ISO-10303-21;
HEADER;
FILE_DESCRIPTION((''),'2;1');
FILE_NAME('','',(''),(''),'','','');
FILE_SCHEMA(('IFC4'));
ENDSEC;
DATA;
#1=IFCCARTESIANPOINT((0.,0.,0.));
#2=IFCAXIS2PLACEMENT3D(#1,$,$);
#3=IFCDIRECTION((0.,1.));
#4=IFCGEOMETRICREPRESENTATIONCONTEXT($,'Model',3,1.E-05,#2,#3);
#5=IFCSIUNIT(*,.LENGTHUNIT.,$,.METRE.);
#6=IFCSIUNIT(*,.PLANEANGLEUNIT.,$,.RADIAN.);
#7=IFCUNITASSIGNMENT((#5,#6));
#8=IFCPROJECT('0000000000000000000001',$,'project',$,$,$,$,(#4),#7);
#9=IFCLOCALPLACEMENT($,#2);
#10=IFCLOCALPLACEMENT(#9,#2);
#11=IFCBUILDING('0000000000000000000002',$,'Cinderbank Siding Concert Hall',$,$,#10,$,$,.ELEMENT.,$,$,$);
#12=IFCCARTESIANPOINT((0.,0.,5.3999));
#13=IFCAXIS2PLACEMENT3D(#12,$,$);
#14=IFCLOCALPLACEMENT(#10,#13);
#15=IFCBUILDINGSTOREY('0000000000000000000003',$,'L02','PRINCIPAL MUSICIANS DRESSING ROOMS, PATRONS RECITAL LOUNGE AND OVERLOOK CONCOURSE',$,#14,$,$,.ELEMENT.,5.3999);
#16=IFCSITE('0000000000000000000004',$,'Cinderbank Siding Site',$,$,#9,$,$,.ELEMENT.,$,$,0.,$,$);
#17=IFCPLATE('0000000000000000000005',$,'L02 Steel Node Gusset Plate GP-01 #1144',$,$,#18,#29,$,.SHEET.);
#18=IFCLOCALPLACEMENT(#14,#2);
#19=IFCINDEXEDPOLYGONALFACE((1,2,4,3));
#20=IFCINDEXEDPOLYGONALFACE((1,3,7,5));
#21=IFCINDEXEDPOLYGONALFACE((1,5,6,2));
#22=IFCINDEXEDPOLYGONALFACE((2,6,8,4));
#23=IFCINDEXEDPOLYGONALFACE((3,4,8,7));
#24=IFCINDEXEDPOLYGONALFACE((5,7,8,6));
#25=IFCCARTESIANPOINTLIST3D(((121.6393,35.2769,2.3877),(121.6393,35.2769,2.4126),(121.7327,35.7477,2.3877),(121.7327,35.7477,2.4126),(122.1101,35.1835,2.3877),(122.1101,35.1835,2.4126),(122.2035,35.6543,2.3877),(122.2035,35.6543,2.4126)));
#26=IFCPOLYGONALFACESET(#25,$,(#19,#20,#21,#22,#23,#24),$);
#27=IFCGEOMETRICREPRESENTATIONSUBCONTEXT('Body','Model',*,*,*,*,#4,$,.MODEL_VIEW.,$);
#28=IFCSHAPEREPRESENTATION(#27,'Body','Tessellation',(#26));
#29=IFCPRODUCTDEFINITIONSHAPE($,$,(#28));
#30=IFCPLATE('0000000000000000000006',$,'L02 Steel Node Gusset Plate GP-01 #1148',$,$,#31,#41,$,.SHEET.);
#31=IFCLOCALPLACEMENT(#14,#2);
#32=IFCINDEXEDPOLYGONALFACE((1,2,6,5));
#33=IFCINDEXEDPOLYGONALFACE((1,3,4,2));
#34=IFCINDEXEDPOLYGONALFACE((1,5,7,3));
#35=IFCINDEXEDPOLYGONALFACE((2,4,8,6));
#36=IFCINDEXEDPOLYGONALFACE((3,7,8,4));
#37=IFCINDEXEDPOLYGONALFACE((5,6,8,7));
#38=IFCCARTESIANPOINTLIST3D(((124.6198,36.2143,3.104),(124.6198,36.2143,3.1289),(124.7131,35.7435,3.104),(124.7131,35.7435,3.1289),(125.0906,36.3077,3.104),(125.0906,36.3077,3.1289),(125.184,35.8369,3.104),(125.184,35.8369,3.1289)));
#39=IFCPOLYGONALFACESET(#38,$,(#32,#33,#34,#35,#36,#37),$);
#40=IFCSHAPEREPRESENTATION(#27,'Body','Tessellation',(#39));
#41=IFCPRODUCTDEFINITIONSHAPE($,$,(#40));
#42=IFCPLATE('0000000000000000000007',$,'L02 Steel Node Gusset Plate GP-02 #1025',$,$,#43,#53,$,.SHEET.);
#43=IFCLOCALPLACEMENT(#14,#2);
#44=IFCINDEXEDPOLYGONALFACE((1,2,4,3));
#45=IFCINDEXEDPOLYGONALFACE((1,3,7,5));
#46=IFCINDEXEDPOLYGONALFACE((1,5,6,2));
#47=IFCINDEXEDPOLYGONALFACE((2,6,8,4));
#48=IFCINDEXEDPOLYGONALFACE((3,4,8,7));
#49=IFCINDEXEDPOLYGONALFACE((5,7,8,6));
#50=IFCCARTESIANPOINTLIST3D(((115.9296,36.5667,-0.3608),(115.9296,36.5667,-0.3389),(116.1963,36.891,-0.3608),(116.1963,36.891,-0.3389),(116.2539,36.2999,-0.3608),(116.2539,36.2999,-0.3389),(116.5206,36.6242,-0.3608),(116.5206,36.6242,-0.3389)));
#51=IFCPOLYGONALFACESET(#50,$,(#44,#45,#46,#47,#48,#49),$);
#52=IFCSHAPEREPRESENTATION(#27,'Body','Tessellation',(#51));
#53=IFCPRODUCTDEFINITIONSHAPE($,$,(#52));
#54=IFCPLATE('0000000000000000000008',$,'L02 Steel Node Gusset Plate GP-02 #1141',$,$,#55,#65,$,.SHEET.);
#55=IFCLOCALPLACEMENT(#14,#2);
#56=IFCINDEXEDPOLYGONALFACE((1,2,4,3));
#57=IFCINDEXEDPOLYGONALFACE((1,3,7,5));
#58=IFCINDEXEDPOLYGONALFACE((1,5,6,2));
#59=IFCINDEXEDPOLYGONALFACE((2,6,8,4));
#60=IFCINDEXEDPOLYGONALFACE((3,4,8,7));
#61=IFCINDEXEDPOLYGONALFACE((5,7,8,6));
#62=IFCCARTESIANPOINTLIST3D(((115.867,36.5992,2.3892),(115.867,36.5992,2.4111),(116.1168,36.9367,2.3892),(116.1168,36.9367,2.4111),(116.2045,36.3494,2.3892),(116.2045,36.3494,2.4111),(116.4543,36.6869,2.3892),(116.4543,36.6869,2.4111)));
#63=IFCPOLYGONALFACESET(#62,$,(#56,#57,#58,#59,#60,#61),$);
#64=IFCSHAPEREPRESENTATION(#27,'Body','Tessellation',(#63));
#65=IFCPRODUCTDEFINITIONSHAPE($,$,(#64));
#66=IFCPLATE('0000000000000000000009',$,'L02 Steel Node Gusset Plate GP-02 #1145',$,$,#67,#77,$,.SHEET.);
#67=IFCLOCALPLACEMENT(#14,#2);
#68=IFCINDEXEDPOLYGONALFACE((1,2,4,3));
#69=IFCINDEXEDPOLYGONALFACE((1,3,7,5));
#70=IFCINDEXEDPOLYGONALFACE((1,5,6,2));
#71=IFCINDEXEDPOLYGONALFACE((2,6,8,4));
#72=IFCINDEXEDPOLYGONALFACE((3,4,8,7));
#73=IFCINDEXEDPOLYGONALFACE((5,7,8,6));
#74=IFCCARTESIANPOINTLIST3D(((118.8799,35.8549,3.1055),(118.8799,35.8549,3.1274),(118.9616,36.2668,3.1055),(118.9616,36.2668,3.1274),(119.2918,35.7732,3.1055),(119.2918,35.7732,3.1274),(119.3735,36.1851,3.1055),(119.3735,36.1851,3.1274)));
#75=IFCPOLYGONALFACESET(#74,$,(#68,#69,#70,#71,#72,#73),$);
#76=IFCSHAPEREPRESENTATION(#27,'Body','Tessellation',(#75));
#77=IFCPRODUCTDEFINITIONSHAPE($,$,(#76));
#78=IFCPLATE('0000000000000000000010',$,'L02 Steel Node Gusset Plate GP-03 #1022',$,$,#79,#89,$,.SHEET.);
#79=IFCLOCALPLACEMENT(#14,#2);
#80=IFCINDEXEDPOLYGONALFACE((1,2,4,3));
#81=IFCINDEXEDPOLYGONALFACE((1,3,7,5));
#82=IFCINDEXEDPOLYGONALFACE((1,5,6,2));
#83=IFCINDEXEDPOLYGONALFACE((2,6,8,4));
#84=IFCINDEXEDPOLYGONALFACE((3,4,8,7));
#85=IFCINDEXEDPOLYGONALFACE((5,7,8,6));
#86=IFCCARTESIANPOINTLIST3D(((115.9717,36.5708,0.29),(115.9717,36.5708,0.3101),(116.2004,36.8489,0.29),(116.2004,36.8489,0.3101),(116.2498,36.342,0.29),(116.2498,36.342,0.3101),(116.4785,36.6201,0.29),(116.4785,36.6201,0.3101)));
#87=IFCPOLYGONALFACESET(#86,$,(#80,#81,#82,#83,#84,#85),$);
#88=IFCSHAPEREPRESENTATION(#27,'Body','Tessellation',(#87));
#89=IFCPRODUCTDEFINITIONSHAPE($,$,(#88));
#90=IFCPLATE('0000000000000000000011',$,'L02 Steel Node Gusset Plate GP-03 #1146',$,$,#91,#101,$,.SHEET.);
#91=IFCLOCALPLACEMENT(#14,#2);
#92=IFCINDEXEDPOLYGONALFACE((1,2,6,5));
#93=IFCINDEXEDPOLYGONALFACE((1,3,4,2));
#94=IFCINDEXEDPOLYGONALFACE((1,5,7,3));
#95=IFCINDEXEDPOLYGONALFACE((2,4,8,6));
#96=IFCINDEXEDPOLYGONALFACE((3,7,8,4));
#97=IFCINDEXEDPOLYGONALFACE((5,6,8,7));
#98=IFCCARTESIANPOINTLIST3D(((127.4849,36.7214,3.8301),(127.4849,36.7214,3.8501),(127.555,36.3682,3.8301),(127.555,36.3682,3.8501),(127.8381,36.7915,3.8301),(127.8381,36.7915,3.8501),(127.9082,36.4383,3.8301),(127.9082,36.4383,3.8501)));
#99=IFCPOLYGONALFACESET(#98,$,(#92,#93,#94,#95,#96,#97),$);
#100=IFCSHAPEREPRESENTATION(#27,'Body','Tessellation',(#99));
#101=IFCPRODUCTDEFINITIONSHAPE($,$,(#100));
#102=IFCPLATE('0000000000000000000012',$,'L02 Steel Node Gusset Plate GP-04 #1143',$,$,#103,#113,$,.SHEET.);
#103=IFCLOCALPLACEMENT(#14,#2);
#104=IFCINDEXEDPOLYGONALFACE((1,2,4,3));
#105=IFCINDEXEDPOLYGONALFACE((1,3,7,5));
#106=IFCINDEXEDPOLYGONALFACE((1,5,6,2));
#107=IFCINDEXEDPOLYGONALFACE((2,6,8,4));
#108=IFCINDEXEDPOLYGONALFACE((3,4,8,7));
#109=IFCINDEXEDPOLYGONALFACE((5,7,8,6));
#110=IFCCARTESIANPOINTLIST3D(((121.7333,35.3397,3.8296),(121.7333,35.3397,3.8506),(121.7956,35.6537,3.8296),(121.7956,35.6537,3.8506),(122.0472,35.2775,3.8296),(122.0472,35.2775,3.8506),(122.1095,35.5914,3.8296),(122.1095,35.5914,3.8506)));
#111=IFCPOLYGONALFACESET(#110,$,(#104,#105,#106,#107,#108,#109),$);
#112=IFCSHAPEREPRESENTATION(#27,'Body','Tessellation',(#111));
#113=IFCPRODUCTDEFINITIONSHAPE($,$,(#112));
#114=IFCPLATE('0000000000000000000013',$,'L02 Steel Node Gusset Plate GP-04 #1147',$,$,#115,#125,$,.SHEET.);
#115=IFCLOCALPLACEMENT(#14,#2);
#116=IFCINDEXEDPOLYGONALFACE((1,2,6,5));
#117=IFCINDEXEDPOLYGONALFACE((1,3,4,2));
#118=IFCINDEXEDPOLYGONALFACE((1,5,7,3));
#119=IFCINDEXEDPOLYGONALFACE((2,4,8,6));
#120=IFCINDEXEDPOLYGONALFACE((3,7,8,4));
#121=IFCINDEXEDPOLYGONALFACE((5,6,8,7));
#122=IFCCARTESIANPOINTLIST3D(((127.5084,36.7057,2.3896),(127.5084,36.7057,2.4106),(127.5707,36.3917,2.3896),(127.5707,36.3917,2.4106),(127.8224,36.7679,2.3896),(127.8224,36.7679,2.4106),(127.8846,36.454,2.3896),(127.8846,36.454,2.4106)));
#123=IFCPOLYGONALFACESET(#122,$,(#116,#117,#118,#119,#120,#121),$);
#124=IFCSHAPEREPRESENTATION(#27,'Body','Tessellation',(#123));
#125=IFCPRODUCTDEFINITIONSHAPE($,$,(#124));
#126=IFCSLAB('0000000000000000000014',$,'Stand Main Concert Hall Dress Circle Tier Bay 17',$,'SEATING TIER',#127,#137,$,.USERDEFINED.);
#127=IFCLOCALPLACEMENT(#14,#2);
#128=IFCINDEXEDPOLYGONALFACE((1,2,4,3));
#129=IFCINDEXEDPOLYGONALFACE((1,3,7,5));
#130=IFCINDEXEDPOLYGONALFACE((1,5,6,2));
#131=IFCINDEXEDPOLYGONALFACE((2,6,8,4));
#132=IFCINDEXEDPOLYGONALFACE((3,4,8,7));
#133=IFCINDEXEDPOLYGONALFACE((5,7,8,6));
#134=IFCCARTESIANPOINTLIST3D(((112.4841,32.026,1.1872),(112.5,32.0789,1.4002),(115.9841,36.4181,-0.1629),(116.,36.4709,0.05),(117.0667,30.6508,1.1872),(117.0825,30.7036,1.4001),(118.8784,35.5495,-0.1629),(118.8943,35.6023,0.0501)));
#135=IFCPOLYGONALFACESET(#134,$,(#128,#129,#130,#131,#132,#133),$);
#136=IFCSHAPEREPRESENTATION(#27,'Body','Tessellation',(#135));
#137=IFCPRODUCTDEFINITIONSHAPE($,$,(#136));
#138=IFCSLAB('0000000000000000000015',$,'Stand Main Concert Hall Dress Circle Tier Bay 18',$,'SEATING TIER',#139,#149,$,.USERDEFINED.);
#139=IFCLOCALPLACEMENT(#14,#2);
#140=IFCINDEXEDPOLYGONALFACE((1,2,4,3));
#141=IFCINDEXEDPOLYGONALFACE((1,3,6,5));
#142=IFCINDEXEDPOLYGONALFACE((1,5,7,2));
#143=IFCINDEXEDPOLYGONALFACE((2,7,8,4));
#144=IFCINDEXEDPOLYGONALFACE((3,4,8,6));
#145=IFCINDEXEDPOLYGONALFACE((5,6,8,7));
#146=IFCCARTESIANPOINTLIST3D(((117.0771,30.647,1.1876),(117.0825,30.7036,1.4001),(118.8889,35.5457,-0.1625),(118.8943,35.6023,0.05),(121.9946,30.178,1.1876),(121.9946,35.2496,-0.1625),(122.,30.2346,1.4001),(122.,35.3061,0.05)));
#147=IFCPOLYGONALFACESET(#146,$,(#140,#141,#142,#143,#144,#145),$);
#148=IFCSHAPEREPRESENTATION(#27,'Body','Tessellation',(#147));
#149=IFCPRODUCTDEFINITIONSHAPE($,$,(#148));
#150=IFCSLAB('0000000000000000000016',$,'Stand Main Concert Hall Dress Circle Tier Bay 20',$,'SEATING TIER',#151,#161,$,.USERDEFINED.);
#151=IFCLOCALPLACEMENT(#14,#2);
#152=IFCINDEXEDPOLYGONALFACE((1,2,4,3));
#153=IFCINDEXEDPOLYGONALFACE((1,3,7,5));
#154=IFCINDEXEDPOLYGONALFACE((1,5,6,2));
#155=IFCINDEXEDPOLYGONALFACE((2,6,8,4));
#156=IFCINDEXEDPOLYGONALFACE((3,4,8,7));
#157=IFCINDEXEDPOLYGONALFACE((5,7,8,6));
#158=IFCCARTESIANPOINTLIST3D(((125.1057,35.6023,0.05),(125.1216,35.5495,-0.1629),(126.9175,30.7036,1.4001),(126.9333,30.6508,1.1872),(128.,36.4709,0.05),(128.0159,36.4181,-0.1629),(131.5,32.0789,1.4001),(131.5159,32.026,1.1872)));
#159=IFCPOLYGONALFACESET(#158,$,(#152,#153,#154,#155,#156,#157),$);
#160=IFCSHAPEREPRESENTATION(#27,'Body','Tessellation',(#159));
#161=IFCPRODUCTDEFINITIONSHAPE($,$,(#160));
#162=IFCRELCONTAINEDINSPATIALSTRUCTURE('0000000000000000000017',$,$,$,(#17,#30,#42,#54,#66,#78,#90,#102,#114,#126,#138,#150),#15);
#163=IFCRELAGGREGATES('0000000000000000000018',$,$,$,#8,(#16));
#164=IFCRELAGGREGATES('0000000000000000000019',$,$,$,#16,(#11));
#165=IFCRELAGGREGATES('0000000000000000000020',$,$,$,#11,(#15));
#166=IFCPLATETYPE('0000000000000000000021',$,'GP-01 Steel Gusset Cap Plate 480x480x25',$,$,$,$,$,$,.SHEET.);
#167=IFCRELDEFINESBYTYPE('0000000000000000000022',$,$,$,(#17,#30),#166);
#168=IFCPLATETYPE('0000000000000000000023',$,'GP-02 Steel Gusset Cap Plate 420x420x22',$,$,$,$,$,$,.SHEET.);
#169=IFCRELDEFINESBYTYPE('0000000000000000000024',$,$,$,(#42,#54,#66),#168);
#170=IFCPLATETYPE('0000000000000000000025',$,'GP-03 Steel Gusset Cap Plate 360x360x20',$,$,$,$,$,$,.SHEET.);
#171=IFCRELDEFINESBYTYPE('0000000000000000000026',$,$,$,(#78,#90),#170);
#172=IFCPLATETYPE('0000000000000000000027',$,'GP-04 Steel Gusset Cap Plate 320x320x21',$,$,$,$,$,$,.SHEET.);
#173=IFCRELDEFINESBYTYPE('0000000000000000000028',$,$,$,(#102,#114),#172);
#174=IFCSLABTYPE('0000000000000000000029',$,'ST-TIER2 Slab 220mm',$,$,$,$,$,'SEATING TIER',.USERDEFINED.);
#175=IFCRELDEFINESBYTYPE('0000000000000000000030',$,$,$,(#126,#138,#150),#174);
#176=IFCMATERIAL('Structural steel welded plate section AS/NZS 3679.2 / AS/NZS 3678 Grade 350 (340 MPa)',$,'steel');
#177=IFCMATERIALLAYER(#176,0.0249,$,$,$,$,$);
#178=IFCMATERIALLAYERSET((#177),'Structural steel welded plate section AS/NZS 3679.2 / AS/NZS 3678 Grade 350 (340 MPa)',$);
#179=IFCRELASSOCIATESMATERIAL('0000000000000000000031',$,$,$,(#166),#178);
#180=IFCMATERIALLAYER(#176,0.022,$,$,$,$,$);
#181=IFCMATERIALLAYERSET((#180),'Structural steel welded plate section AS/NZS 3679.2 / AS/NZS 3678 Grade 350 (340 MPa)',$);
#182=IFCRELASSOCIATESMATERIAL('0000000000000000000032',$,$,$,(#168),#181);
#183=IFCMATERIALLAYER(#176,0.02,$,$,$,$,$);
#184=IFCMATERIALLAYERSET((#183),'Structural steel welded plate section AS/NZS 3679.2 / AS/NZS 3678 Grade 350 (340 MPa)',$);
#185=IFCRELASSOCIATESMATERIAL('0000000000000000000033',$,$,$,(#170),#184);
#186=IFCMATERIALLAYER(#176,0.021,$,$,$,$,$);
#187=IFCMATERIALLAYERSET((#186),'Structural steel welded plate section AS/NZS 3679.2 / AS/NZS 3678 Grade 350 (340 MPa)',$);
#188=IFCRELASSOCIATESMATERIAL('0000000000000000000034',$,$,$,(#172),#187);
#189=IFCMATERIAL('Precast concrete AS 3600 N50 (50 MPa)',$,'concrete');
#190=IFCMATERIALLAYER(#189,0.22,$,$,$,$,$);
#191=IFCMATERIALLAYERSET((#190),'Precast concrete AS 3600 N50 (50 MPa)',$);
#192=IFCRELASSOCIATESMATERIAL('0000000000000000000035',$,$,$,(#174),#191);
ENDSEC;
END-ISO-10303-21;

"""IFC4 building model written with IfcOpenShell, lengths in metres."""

from ifc_helpers import new_model, si_unit, direction, frame, origin, origin_2d, place, context, subcontext, project, spatial, polyline, rectangle, outline, extrude, material, layer, layer_set, type_object, element, save


model = new_model("IFC4")

# Units and contexts
model_context = context("Model", 3, precision=1e-05, world=origin(), true_north=direction((0.0, 1.0)))
body_context = subcontext(model_context, "Body", "Model", "MODEL_VIEW")
ifc_project = project(units=[si_unit("LENGTHUNIT", "METRE"), si_unit("PLANEANGLEUNIT", "RADIAN")], contexts=[model_context])

# Site, building, storey
site_placement = place(None, origin())
site = spatial("IfcSite", under=ifc_project, at=site_placement, Name="Cinderbank Siding Site", CompositionType="ELEMENT", RefElevation=0.0)
building_placement = place(site_placement, origin())
building = spatial("IfcBuilding", under=site, at=building_placement, Name="Cinderbank Siding Concert Hall", CompositionType="ELEMENT")
storey_placement = place(building_placement, frame((0.0, 0.0, 5.3999)))
storey = spatial("IfcBuildingStorey", under=building, at=storey_placement, Name="L02", Description="PRINCIPAL MUSICIANS DRESSING ROOMS, PATRONS RECITAL LOUNGE AND OVERLOOK CONCOURSE", CompositionType="ELEMENT", Elevation=5.3999)

# Plates
ifc_material_1 = material(Name="Structural steel welded plate section AS/NZS 3679.2 / AS/NZS 3678 Grade 350 (340 MPa)", Category="steel")
ifc_layer_1 = layer(ifc_material_1, 0.0249)
ifc_layer_set_1 = layer_set([ifc_layer_1], Name="Structural steel welded plate section AS/NZS 3679.2 / AS/NZS 3678 Grade 350 (340 MPa)")
plate_type_1 = type_object("IfcPlateType", Name="GP-01 Steel Gusset Cap Plate 480x480x25", PredefinedType="SHEET", material=ifc_layer_set_1)
for number, where, z_axis, x_axis, name in (
    (1, (121.9214, 35.4656, 2.3877), (0.0, 0.0, 1.0), (-0.980887, 0.194577, 0.0), "L02 Steel Node Gusset Plate GP-01 #1144"),
    (2, (124.9019, 36.0256, 3.104), (0.0, 0.0, 1.0), (-0.980887, -0.194577, 0.0), "L02 Steel Node Gusset Plate GP-01 #1148"),
):
    element("IfcPlate", number, at=place(storey_placement, frame(where, z_axis=z_axis, x_axis=x_axis)), inside=storey, type_object=plate_type_1, Name=name, PredefinedType="SHEET", context=body_context, shape_type="SweptSolid", body=[
        extrude(rectangle(XDim=0.48, YDim=0.48, at=origin_2d()), origin(), (0.0, 0.0, 1.0), 0.0249),
    ])
ifc_layer_2 = layer(ifc_material_1, 0.022)
ifc_layer_set_2 = layer_set([ifc_layer_2], Name="Structural steel welded plate section AS/NZS 3679.2 / AS/NZS 3678 Grade 350 (340 MPa)")
plate_type_2 = type_object("IfcPlateType", Name="GP-02 Steel Gusset Cap Plate 420x420x22", PredefinedType="SHEET", material=ifc_layer_set_2)
for number, where, z_axis, x_axis, name in (
    (3, (116.2251, 36.5955, -0.3608), (0.0, 0.0, 1.0), (0.63527, 0.77229, 0.0), "L02 Steel Node Gusset Plate GP-02 #1025"),
    (4, (116.1606, 36.6431, 2.3892), (0.0, 0.0, 1.0), (-0.803753, 0.594963, 0.0), "L02 Steel Node Gusset Plate GP-02 #1141"),
    (5, (119.1267, 36.02, 3.1055), (0.0, 0.0, 1.0), (-0.980887, 0.194577, 0.0), "L02 Steel Node Gusset Plate GP-02 #1145"),
):
    element("IfcPlate", number, at=place(storey_placement, frame(where, z_axis=z_axis, x_axis=x_axis)), inside=storey, type_object=plate_type_2, Name=name, PredefinedType="SHEET", context=body_context, shape_type="SweptSolid", body=[
        extrude(rectangle(XDim=0.4199, YDim=0.4199, at=origin_2d()), origin(), (0.0, 0.0, 1.0), 0.022),
    ])
ifc_layer_3 = layer(ifc_material_1, 0.02)
ifc_layer_set_3 = layer_set([ifc_layer_3], Name="Structural steel welded plate section AS/NZS 3679.2 / AS/NZS 3678 Grade 350 (340 MPa)")
plate_type_3 = type_object("IfcPlateType", Name="GP-03 Steel Gusset Cap Plate 360x360x20", PredefinedType="SHEET", material=ifc_layer_set_3)
for number, where, z_axis, x_axis, name in (
    (6, (116.2251, 36.5955, 0.29), (0.0, 0.0, 1.0), (-0.63527, -0.77229, 0.0), "L02 Steel Node Gusset Plate GP-03 #1022"),
    (7, (127.6965, 36.5798, 3.8301), (0.0, 0.0, 1.0), (0.980887, 0.194577, 0.0), "L02 Steel Node Gusset Plate GP-03 #1146"),
):
    element("IfcPlate", number, at=place(storey_placement, frame(where, z_axis=z_axis, x_axis=x_axis)), inside=storey, type_object=plate_type_3, Name=name, PredefinedType="SHEET", context=body_context, shape_type="SweptSolid", body=[
        extrude(rectangle(XDim=0.3601, YDim=0.3601, at=origin_2d()), origin(), (0.0, 0.0, 1.0), 0.02),
    ])
ifc_layer_4 = layer(ifc_material_1, 0.021)
ifc_layer_set_4 = layer_set([ifc_layer_4], Name="Structural steel welded plate section AS/NZS 3679.2 / AS/NZS 3678 Grade 350 (340 MPa)")
plate_type_4 = type_object("IfcPlateType", Name="GP-04 Steel Gusset Cap Plate 320x320x21", PredefinedType="SHEET", material=ifc_layer_set_4)
for number, where, z_axis, x_axis, name in (
    (8, (121.9214, 35.4656, 3.8296), (0.0, 0.0, 1.0), (0.980887, -0.194577, 0.0), "L02 Steel Node Gusset Plate GP-04 #1143"),
    (9, (127.6965, 36.5798, 2.3896), (0.0, 0.0, 1.0), (-0.980887, -0.194577, 0.0), "L02 Steel Node Gusset Plate GP-04 #1147"),
):
    element("IfcPlate", number, at=place(storey_placement, frame(where, z_axis=z_axis, x_axis=x_axis)), inside=storey, type_object=plate_type_4, Name=name, PredefinedType="SHEET", context=body_context, shape_type="SweptSolid", body=[
        extrude(rectangle(XDim=0.3201, YDim=0.3201, at=origin_2d()), origin(), (0.0, 0.0, 1.0), 0.021),
    ])

# Slabs
ifc_material_2 = material(Name="Precast concrete AS 3600 N50 (50 MPa)", Category="concrete")
ifc_layer_5 = layer(ifc_material_2, 0.22)
ifc_layer_set_5 = layer_set([ifc_layer_5], Name="Precast concrete AS 3600 N50 (50 MPa)")
slab_type = type_object("IfcSlabType", Name="ST-TIER2 Slab 220mm", ElementType="SEATING TIER", PredefinedType="USERDEFINED", material=ifc_layer_set_5)
slab_1_placement = place(storey_placement, frame((116.0, 36.4709, 0.05), z_axis=(0.072071, 0.240144, 0.968058), x_axis=(0.957793, -0.287458, 0.000003)))
element("IfcSlab", 10, at=slab_1_placement, inside=storey, type_object=slab_type, Name="Stand Main Concert Hall Dress Circle Tier Bay 17", ObjectType="SEATING TIER", PredefinedType="USERDEFINED", context=body_context, shape_type="SweptSolid", body=[
    extrude(outline(polyline([(0.0, 0.0), (3.0218, 0.0), (2.6947, -5.3847), (-2.0897, -5.3848), (0.0, 0.0)])), origin(), (0.0, 0.0, -1.0), 0.22),
])
slab_2_placement = place(storey_placement, frame((118.8943, 35.6023, 0.05), z_axis=(0.024526, 0.257176, 0.966053), x_axis=(0.995484, -0.094924, -0.000003)))
element("IfcSlab", 11, at=slab_2_placement, inside=storey, type_object=slab_type, Name="Stand Main Concert Hall Dress Circle Tier Bay 18", ObjectType="SEATING TIER", PredefinedType="USERDEFINED", context=body_context, shape_type="SweptSolid", body=[
    extrude(outline(polyline([(0.0, 0.0), (3.1198, 0.0), (3.6012, -5.226), (-1.3386, -5.2259), (0.0, 0.0)])), origin(), (0.0, 0.0, -1.0), 0.22),
])
slab_3_placement = place(storey_placement, frame((125.1057, 35.6023, 0.05), z_axis=(-0.072071, 0.240144, 0.968058), x_axis=(0.957793, 0.287458, -0.000003)))
element("IfcSlab", 12, at=slab_3_placement, inside=storey, type_object=slab_type, Name="Stand Main Concert Hall Dress Circle Tier Bay 20", ObjectType="SEATING TIER", PredefinedType="USERDEFINED", context=body_context, shape_type="SweptSolid", body=[
    extrude(outline(polyline([(0.0, 0.0), (3.0218, 0.0), (5.1116, -5.3848), (0.3271, -5.3847), (0.0, 0.0)])), origin(), (0.0, 0.0, -1.0), 0.22),
])

save(model, "model.ifc")
